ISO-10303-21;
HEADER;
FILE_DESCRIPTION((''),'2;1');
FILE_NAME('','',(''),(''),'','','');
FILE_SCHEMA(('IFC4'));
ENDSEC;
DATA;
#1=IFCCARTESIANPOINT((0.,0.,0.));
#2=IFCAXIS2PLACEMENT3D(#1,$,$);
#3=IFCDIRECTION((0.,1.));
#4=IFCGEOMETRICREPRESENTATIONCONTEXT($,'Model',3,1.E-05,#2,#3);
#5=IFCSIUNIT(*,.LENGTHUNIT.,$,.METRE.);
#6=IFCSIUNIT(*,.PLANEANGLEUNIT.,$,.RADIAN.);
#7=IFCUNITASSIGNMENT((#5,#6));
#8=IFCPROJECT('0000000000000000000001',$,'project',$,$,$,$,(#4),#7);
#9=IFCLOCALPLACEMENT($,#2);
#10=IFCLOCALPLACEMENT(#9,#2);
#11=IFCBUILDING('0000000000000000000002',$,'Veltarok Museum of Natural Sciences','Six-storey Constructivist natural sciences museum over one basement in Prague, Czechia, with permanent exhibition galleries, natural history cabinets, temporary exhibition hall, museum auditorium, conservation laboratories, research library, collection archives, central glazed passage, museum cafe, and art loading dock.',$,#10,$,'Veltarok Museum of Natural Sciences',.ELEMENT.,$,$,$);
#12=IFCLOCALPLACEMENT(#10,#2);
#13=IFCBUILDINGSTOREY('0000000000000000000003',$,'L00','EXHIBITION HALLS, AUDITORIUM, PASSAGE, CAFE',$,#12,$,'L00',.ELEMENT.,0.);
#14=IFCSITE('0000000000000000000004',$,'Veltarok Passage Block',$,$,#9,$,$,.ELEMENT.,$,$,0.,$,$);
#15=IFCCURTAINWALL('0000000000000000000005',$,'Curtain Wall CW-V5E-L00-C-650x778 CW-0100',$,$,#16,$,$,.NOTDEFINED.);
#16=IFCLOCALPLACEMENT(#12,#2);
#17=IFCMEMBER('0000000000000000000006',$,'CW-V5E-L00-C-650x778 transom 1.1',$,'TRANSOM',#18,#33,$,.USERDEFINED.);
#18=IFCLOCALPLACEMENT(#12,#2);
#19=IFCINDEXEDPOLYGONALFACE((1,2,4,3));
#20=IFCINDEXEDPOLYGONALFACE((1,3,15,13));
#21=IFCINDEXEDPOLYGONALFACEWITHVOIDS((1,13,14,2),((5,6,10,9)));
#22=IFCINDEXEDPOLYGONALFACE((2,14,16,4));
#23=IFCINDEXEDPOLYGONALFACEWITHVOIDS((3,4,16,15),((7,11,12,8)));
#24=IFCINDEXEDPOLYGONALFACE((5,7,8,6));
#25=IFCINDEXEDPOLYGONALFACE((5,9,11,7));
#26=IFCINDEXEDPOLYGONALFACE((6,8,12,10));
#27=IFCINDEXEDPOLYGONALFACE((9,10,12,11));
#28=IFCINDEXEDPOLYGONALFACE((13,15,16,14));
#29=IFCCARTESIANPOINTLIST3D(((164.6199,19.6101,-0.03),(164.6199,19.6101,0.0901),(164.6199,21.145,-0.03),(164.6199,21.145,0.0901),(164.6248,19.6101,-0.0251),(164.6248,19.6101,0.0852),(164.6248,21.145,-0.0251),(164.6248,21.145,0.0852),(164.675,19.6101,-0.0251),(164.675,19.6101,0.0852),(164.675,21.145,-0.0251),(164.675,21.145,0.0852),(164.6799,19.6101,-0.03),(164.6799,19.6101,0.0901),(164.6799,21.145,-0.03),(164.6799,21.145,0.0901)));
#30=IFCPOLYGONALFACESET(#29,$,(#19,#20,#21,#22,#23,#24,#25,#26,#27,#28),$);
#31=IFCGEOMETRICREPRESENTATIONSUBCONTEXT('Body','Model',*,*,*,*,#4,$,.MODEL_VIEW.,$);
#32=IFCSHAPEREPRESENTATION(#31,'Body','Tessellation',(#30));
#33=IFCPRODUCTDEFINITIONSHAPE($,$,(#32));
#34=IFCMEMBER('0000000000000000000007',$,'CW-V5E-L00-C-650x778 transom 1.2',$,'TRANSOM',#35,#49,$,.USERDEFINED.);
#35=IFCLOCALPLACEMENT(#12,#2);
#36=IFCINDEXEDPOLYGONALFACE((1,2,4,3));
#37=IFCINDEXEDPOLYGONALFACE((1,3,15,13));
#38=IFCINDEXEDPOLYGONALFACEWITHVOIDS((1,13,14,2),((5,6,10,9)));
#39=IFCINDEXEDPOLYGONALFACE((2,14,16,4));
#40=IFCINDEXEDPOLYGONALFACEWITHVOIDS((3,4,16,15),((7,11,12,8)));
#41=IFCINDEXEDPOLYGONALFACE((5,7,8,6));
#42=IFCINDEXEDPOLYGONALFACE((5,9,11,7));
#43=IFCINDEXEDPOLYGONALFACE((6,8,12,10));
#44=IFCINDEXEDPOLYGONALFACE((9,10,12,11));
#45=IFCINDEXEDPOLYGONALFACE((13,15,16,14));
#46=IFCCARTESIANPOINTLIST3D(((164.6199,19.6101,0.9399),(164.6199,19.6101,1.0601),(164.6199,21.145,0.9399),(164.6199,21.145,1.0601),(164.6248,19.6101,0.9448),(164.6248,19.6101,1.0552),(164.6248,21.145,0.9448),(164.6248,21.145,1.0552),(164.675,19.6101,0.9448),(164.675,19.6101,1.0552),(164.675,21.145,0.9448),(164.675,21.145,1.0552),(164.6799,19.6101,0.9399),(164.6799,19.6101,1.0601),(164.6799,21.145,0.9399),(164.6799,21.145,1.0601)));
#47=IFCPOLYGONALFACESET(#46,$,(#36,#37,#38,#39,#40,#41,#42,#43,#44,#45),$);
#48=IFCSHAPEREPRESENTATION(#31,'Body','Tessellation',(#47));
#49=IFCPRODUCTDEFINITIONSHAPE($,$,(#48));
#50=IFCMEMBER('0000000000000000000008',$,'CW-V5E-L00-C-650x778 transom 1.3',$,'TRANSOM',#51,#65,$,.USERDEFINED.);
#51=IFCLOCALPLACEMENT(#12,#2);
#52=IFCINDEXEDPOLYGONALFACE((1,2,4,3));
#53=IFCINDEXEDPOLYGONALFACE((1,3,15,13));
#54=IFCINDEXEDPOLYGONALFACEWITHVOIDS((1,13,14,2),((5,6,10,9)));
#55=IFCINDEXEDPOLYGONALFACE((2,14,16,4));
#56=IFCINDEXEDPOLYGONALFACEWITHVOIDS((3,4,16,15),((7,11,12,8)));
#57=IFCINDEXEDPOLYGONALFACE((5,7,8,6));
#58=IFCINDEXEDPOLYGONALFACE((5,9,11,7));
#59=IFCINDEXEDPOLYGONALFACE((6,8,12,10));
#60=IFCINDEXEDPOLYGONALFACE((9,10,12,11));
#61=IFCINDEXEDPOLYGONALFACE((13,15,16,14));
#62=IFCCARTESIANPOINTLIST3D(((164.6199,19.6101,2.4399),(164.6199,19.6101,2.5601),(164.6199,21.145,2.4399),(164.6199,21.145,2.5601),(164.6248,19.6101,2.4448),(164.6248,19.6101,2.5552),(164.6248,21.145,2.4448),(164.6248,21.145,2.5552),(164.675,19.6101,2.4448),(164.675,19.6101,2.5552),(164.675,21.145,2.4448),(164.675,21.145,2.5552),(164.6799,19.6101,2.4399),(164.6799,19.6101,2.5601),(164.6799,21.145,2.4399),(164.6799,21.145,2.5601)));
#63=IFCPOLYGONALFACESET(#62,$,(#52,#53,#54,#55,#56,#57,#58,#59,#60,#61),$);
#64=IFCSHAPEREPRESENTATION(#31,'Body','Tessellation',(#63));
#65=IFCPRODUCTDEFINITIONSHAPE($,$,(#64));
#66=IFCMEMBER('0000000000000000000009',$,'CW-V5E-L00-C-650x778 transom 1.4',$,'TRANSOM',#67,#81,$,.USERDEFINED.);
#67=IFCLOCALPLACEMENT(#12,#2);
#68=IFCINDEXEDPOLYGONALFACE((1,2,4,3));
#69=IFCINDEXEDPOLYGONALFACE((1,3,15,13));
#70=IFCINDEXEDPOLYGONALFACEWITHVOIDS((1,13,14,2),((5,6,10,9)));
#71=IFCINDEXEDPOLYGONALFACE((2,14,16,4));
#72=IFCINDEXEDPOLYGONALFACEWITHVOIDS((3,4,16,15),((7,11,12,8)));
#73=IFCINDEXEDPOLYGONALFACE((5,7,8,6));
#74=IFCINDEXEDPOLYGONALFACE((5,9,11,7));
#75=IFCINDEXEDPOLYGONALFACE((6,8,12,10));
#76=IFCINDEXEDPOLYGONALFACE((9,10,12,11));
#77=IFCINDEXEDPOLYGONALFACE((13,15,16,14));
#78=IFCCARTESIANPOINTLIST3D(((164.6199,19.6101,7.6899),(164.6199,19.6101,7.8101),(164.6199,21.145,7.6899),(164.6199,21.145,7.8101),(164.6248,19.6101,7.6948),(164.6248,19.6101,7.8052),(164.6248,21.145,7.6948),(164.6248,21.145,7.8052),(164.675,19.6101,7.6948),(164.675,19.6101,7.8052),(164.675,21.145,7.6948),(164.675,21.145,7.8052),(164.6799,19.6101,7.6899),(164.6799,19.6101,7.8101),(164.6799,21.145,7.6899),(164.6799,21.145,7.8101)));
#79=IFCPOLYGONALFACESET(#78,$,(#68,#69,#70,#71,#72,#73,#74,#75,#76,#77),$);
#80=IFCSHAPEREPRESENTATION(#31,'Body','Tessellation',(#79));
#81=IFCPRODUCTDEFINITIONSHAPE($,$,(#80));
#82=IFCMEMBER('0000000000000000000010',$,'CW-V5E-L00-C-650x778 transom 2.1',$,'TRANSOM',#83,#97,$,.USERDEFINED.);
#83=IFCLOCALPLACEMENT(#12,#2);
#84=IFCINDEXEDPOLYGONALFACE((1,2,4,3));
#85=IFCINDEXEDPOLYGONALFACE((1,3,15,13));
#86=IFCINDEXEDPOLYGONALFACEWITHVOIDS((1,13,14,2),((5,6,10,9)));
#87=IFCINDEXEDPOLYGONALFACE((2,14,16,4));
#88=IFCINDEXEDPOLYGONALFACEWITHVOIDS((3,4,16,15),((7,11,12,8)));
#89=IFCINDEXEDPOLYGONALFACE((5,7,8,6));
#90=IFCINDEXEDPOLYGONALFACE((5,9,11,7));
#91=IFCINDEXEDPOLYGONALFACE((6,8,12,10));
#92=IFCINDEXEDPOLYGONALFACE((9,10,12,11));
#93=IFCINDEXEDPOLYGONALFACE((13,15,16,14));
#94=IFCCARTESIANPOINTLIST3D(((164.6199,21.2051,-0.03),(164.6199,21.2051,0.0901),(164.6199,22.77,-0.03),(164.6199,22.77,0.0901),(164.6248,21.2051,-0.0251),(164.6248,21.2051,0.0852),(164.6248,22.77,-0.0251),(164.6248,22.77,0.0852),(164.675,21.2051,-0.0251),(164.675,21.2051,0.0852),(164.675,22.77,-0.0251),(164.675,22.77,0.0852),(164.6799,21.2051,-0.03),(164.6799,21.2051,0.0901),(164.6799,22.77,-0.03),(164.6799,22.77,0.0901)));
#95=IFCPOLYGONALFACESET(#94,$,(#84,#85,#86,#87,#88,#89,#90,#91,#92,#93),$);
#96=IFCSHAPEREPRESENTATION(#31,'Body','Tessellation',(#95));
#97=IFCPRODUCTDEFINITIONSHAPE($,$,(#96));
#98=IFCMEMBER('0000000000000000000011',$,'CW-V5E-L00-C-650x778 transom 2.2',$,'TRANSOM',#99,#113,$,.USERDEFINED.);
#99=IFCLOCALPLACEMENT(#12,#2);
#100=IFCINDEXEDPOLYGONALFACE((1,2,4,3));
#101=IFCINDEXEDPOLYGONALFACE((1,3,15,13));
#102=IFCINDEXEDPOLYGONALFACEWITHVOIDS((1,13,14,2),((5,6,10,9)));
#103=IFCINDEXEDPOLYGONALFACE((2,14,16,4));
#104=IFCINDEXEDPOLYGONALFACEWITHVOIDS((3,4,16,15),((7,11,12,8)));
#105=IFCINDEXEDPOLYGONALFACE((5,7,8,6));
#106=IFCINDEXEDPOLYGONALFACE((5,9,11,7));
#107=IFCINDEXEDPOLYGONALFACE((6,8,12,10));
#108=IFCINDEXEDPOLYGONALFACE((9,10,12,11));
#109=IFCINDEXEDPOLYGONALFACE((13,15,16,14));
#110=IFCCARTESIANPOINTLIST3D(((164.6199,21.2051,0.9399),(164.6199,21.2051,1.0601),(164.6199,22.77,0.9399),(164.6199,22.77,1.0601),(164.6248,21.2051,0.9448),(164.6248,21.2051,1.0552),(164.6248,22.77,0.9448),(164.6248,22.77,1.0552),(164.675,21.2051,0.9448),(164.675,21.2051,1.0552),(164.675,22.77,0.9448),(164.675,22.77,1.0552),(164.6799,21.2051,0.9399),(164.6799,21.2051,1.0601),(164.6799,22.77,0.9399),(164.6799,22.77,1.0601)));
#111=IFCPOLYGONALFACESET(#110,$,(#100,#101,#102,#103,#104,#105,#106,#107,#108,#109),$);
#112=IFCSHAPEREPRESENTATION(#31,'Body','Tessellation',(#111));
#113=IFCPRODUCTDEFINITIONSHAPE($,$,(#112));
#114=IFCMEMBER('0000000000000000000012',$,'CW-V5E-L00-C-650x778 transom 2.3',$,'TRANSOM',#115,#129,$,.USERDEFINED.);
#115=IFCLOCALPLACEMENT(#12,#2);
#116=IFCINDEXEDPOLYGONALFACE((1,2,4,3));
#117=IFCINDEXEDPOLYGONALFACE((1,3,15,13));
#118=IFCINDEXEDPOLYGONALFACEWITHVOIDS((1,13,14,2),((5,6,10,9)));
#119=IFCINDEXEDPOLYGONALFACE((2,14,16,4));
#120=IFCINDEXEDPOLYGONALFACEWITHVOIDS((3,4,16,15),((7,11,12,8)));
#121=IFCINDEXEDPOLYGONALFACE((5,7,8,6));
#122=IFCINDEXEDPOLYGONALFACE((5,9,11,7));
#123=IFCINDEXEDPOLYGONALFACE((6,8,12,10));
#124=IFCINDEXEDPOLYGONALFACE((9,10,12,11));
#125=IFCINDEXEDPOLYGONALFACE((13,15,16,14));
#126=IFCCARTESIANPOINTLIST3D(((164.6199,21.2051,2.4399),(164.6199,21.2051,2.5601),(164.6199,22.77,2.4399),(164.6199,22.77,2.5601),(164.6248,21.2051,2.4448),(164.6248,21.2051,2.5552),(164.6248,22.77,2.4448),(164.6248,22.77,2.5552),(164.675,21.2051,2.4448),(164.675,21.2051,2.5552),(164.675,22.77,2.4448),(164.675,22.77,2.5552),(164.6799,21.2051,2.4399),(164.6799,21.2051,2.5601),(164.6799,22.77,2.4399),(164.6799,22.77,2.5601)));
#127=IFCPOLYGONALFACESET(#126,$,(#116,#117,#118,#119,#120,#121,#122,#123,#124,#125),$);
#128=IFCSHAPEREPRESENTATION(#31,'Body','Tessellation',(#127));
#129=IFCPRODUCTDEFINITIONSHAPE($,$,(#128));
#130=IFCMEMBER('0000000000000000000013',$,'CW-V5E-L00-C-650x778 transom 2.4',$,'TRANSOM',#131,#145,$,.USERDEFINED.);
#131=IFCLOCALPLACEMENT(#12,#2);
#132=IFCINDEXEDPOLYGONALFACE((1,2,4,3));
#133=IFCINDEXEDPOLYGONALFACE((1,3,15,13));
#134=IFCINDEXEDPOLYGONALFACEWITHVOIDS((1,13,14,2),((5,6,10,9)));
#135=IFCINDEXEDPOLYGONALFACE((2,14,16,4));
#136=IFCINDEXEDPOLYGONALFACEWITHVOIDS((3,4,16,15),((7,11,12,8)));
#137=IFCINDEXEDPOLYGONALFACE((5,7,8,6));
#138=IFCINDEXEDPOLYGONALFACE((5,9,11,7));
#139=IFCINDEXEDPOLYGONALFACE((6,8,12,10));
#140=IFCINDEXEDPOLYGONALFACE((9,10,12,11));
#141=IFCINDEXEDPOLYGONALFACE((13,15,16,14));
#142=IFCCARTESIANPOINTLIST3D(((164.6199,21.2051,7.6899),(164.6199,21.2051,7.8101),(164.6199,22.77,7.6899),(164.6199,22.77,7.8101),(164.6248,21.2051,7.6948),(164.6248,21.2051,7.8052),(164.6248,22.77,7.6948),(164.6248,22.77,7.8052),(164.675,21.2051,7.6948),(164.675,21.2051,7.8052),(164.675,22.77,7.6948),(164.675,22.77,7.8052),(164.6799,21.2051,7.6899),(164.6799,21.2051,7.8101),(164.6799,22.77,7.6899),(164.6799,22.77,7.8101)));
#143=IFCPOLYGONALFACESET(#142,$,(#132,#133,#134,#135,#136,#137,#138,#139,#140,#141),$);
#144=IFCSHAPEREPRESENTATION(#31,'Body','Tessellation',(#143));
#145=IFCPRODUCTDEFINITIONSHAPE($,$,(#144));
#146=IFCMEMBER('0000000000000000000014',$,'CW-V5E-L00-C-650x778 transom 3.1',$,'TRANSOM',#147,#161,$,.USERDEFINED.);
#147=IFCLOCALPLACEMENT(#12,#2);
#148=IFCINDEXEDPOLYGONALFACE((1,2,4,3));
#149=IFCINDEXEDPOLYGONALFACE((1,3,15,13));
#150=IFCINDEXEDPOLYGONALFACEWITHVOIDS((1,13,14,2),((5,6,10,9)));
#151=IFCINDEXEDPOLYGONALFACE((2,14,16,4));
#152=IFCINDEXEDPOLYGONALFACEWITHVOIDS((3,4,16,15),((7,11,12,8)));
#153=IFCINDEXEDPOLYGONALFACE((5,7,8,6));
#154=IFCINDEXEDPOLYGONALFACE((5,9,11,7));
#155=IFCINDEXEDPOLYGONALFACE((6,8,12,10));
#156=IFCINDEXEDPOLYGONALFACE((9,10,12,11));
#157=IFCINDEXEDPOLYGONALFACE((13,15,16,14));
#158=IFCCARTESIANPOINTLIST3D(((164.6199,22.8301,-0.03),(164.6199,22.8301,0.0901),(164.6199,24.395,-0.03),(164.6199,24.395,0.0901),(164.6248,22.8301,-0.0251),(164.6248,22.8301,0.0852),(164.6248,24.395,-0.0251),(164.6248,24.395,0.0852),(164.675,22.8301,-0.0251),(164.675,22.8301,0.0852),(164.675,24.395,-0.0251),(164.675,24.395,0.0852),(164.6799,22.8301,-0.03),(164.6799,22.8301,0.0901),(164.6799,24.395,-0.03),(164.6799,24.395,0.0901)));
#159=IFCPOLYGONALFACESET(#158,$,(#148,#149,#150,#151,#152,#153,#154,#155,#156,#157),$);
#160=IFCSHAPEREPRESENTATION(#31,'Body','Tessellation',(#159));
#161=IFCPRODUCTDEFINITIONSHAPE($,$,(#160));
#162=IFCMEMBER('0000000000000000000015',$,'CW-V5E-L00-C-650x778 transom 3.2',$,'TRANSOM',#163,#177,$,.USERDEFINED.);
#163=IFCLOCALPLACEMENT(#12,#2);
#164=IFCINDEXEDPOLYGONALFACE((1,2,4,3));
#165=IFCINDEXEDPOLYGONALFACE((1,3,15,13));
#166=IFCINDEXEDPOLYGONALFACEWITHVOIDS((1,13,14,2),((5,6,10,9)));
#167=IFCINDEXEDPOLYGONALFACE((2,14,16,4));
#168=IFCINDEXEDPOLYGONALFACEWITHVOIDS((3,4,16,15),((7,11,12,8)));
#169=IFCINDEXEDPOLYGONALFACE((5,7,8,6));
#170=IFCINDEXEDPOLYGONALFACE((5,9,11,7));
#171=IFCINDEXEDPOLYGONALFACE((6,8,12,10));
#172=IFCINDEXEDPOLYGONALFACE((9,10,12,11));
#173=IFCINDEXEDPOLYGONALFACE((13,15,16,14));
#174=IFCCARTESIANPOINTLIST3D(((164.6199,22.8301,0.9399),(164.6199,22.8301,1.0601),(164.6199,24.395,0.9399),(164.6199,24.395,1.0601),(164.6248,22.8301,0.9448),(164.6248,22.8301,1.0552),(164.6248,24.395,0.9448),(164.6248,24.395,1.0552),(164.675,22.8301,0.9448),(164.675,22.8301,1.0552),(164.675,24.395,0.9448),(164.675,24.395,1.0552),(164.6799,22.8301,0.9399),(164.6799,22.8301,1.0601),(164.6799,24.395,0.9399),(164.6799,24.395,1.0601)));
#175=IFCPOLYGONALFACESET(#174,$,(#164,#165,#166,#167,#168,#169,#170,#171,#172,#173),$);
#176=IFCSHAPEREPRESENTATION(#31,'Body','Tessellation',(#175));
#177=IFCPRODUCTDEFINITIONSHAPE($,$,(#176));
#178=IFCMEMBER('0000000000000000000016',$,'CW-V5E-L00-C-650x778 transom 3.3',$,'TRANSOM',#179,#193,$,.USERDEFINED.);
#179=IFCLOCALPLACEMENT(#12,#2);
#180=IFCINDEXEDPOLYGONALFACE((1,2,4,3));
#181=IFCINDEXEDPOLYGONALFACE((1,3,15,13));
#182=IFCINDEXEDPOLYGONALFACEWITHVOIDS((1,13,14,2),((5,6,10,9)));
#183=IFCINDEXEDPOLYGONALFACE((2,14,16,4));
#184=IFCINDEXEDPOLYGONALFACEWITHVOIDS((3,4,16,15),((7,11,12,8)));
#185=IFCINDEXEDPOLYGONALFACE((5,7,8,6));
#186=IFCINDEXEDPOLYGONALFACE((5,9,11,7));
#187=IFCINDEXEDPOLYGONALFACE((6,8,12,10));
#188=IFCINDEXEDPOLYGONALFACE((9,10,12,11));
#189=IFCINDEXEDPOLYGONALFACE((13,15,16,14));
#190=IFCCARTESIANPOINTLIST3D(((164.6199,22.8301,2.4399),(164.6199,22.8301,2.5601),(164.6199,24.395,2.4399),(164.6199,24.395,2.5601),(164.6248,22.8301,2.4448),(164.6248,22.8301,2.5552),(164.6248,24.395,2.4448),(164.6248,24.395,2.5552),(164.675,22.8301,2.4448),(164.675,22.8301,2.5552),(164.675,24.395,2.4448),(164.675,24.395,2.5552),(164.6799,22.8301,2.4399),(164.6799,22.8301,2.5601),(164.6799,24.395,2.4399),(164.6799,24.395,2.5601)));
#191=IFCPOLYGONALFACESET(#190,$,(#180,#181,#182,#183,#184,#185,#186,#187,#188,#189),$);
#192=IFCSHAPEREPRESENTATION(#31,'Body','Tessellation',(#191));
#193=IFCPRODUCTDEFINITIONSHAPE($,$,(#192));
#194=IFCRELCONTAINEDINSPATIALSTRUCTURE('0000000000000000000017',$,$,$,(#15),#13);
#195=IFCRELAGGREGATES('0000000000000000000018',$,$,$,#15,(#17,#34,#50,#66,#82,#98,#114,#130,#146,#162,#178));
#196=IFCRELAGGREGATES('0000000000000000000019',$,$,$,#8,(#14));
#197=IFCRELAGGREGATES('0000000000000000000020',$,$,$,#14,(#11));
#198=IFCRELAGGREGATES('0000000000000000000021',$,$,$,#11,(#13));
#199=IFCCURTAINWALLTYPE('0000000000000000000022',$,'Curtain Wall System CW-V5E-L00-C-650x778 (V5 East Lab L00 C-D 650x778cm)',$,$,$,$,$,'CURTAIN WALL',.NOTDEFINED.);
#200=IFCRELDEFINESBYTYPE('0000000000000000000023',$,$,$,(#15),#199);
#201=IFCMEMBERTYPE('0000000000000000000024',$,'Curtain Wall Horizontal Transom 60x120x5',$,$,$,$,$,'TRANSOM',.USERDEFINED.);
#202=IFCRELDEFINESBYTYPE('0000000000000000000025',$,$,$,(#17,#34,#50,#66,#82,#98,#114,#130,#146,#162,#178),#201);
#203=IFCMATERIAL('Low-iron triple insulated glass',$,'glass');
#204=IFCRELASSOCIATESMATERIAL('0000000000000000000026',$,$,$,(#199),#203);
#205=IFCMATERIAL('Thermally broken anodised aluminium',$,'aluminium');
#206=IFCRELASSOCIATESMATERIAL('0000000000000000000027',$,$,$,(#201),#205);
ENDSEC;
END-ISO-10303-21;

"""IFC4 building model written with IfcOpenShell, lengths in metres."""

from ifc_helpers import new_model, si_unit, direction, frame, origin, origin_2d, place, context, subcontext, project, spatial, hollow_rectangle, extrude, material, material_profile, profile_set, type_object, element, aggregate, save


model = new_model("IFC4")

# Units and contexts
model_context = context("Model", 3, precision=1e-05, world=origin(), true_north=direction((0.0, 1.0)))
body_context = subcontext(model_context, "Body", "Model", "MODEL_VIEW")
ifc_project = project(units=[si_unit("LENGTHUNIT", "METRE"), si_unit("PLANEANGLEUNIT", "RADIAN")], contexts=[model_context])

# Site, building, storey
site_placement = place(None, origin())
site = spatial("IfcSite", under=ifc_project, at=site_placement, Name="Veltarok Passage Block", CompositionType="ELEMENT", RefElevation=0.0)
building_placement = place(site_placement, origin())
building = spatial("IfcBuilding", under=site, at=building_placement, Name="Veltarok Museum of Natural Sciences", Description="Six-storey Constructivist natural sciences museum over one basement in Prague, Czechia, with permanent exhibition galleries, natural history cabinets, temporary exhibition hall, museum auditorium, conservation laboratories, research library, collection archives, central glazed passage, museum cafe, and art loading dock.", LongName="Veltarok Museum of Natural Sciences", CompositionType="ELEMENT")
storey_placement = place(building_placement, origin())
storey = spatial("IfcBuildingStorey", under=building, at=storey_placement, Name="L00", Description="EXHIBITION HALLS, AUDITORIUM, PASSAGE, CAFE", LongName="L00", CompositionType="ELEMENT", Elevation=0.0)

# Curtain wall, members
ifc_material_1 = material(Name="Low-iron triple insulated glass", Category="glass")
curtain_wall_type = type_object("IfcCurtainWallType", Name="Curtain Wall System CW-V5E-L00-C-650x778 (V5 East Lab L00 C-D 650x778cm)", ElementType="CURTAIN WALL", PredefinedType="NOTDEFINED", material=ifc_material_1)
curtain_wall_placement = place(storey_placement, origin())
curtain_wall = element("IfcCurtainWall", 1, at=curtain_wall_placement, inside=storey, type_object=curtain_wall_type, Name="Curtain Wall CW-V5E-L00-C-650x778 CW-0100", PredefinedType="NOTDEFINED")
ifc_material_2 = material(Name="Thermally broken anodised aluminium", Category="aluminium")
ifc_material_profile_1 = material_profile(ifc_material_2, hollow_rectangle(XDim=0.0601, YDim=0.1201, WallThickness=0.0049, at=origin_2d()), Name="CW TRANSOM 60x120x5")
ifc_profile_set_1 = profile_set([ifc_material_profile_1], Name="Thermally broken anodised aluminium")
member_type_1 = type_object("IfcMemberType", Name="Curtain Wall Horizontal Transom 60x120x5", ElementType="TRANSOM", PredefinedType="USERDEFINED", material=ifc_profile_set_1)
member_1_placement = place(storey_placement, frame((164.6499, 19.6101, 0.03), z_axis=(0.0, 1.0, 0.0), x_axis=(-1.0, 0.0, 0.0)))
member_1 = element("IfcMember", 2, at=member_1_placement, type_object=member_type_1, Name="CW-V5E-L00-C-650x778 transom 1.1", ObjectType="TRANSOM", PredefinedType="USERDEFINED", context=body_context, shape_type="SweptSolid", body=[
    extrude(hollow_rectangle(XDim=0.0601, YDim=0.1201, WallThickness=0.0049, at=origin_2d()), origin(), (0.0, 0.0, 1.0), 1.5349),
])
member_2_placement = place(storey_placement, frame((164.6499, 19.6101, 1.0), z_axis=(0.0, 1.0, 0.0), x_axis=(-1.0, 0.0, 0.0)))
member_2 = element("IfcMember", 3, at=member_2_placement, type_object=member_type_1, Name="CW-V5E-L00-C-650x778 transom 1.2", ObjectType="TRANSOM", PredefinedType="USERDEFINED", context=body_context, shape_type="SweptSolid", body=[
    extrude(hollow_rectangle(XDim=0.0601, YDim=0.1201, WallThickness=0.0049, at=origin_2d()), origin(), (0.0, 0.0, 1.0), 1.5349),
])
member_3_placement = place(storey_placement, frame((164.6499, 19.6101, 2.5), z_axis=(0.0, 1.0, 0.0), x_axis=(-1.0, 0.0, 0.0)))
member_3 = element("IfcMember", 4, at=member_3_placement, type_object=member_type_1, Name="CW-V5E-L00-C-650x778 transom 1.3", ObjectType="TRANSOM", PredefinedType="USERDEFINED", context=body_context, shape_type="SweptSolid", body=[
    extrude(hollow_rectangle(XDim=0.0601, YDim=0.1201, WallThickness=0.0049, at=origin_2d()), origin(), (0.0, 0.0, 1.0), 1.5349),
])
member_4_placement = place(storey_placement, frame((164.6499, 19.6101, 7.75), z_axis=(0.0, 1.0, 0.0), x_axis=(-1.0, 0.0, 0.0)))
member_4 = element("IfcMember", 5, at=member_4_placement, type_object=member_type_1, Name="CW-V5E-L00-C-650x778 transom 1.4", ObjectType="TRANSOM", PredefinedType="USERDEFINED", context=body_context, shape_type="SweptSolid", body=[
    extrude(hollow_rectangle(XDim=0.0601, YDim=0.1201, WallThickness=0.0049, at=origin_2d()), origin(), (0.0, 0.0, 1.0), 1.5349),
])
member_5_placement = place(storey_placement, frame((164.6499, 21.2051, 0.03), z_axis=(0.0, 1.0, 0.0), x_axis=(-1.0, 0.0, 0.0)))
member_5 = element("IfcMember", 6, at=member_5_placement, type_object=member_type_1, Name="CW-V5E-L00-C-650x778 transom 2.1", ObjectType="TRANSOM", PredefinedType="USERDEFINED", context=body_context, shape_type="SweptSolid", body=[
    extrude(hollow_rectangle(XDim=0.0601, YDim=0.1201, WallThickness=0.0049, at=origin_2d()), origin(), (0.0, 0.0, 1.0), 1.5649),
])
member_6_placement = place(storey_placement, frame((164.6499, 21.2051, 1.0), z_axis=(0.0, 1.0, 0.0), x_axis=(-1.0, 0.0, 0.0)))
member_6 = element("IfcMember", 7, at=member_6_placement, type_object=member_type_1, Name="CW-V5E-L00-C-650x778 transom 2.2", ObjectType="TRANSOM", PredefinedType="USERDEFINED", context=body_context, shape_type="SweptSolid", body=[
    extrude(hollow_rectangle(XDim=0.0601, YDim=0.1201, WallThickness=0.0049, at=origin_2d()), origin(), (0.0, 0.0, 1.0), 1.5649),
])
member_7_placement = place(storey_placement, frame((164.6499, 21.2051, 2.5), z_axis=(0.0, 1.0, 0.0), x_axis=(-1.0, 0.0, 0.0)))
member_7 = element("IfcMember", 8, at=member_7_placement, type_object=member_type_1, Name="CW-V5E-L00-C-650x778 transom 2.3", ObjectType="TRANSOM", PredefinedType="USERDEFINED", context=body_context, shape_type="SweptSolid", body=[
    extrude(hollow_rectangle(XDim=0.0601, YDim=0.1201, WallThickness=0.0049, at=origin_2d()), origin(), (0.0, 0.0, 1.0), 1.5649),
])
member_8_placement = place(storey_placement, frame((164.6499, 21.2051, 7.75), z_axis=(0.0, 1.0, 0.0), x_axis=(-1.0, 0.0, 0.0)))
member_8 = element("IfcMember", 9, at=member_8_placement, type_object=member_type_1, Name="CW-V5E-L00-C-650x778 transom 2.4", ObjectType="TRANSOM", PredefinedType="USERDEFINED", context=body_context, shape_type="SweptSolid", body=[
    extrude(hollow_rectangle(XDim=0.0601, YDim=0.1201, WallThickness=0.0049, at=origin_2d()), origin(), (0.0, 0.0, 1.0), 1.5649),
])
member_9_placement = place(storey_placement, frame((164.6499, 22.8301, 0.03), z_axis=(0.0, 1.0, 0.0), x_axis=(-1.0, 0.0, 0.0)))
member_9 = element("IfcMember", 10, at=member_9_placement, type_object=member_type_1, Name="CW-V5E-L00-C-650x778 transom 3.1", ObjectType="TRANSOM", PredefinedType="USERDEFINED", context=body_context, shape_type="SweptSolid", body=[
    extrude(hollow_rectangle(XDim=0.0601, YDim=0.1201, WallThickness=0.0049, at=origin_2d()), origin(), (0.0, 0.0, 1.0), 1.5649),
])
member_10_placement = place(storey_placement, frame((164.6499, 22.8301, 1.0), z_axis=(0.0, 1.0, 0.0), x_axis=(-1.0, 0.0, 0.0)))
member_10 = element("IfcMember", 11, at=member_10_placement, type_object=member_type_1, Name="CW-V5E-L00-C-650x778 transom 3.2", ObjectType="TRANSOM", PredefinedType="USERDEFINED", context=body_context, shape_type="SweptSolid", body=[
    extrude(hollow_rectangle(XDim=0.0601, YDim=0.1201, WallThickness=0.0049, at=origin_2d()), origin(), (0.0, 0.0, 1.0), 1.5649),
])
member_11_placement = place(storey_placement, frame((164.6499, 22.8301, 2.5), z_axis=(0.0, 1.0, 0.0), x_axis=(-1.0, 0.0, 0.0)))
member_11 = element("IfcMember", 12, at=member_11_placement, type_object=member_type_1, Name="CW-V5E-L00-C-650x778 transom 3.3", ObjectType="TRANSOM", PredefinedType="USERDEFINED", context=body_context, shape_type="SweptSolid", body=[
    extrude(hollow_rectangle(XDim=0.0601, YDim=0.1201, WallThickness=0.0049, at=origin_2d()), origin(), (0.0, 0.0, 1.0), 1.5649),
])

aggregate(curtain_wall, [member_1, member_2, member_3, member_4, member_5, member_6, member_7, member_8, member_9, member_10, member_11])

save(model, "model.ifc")
